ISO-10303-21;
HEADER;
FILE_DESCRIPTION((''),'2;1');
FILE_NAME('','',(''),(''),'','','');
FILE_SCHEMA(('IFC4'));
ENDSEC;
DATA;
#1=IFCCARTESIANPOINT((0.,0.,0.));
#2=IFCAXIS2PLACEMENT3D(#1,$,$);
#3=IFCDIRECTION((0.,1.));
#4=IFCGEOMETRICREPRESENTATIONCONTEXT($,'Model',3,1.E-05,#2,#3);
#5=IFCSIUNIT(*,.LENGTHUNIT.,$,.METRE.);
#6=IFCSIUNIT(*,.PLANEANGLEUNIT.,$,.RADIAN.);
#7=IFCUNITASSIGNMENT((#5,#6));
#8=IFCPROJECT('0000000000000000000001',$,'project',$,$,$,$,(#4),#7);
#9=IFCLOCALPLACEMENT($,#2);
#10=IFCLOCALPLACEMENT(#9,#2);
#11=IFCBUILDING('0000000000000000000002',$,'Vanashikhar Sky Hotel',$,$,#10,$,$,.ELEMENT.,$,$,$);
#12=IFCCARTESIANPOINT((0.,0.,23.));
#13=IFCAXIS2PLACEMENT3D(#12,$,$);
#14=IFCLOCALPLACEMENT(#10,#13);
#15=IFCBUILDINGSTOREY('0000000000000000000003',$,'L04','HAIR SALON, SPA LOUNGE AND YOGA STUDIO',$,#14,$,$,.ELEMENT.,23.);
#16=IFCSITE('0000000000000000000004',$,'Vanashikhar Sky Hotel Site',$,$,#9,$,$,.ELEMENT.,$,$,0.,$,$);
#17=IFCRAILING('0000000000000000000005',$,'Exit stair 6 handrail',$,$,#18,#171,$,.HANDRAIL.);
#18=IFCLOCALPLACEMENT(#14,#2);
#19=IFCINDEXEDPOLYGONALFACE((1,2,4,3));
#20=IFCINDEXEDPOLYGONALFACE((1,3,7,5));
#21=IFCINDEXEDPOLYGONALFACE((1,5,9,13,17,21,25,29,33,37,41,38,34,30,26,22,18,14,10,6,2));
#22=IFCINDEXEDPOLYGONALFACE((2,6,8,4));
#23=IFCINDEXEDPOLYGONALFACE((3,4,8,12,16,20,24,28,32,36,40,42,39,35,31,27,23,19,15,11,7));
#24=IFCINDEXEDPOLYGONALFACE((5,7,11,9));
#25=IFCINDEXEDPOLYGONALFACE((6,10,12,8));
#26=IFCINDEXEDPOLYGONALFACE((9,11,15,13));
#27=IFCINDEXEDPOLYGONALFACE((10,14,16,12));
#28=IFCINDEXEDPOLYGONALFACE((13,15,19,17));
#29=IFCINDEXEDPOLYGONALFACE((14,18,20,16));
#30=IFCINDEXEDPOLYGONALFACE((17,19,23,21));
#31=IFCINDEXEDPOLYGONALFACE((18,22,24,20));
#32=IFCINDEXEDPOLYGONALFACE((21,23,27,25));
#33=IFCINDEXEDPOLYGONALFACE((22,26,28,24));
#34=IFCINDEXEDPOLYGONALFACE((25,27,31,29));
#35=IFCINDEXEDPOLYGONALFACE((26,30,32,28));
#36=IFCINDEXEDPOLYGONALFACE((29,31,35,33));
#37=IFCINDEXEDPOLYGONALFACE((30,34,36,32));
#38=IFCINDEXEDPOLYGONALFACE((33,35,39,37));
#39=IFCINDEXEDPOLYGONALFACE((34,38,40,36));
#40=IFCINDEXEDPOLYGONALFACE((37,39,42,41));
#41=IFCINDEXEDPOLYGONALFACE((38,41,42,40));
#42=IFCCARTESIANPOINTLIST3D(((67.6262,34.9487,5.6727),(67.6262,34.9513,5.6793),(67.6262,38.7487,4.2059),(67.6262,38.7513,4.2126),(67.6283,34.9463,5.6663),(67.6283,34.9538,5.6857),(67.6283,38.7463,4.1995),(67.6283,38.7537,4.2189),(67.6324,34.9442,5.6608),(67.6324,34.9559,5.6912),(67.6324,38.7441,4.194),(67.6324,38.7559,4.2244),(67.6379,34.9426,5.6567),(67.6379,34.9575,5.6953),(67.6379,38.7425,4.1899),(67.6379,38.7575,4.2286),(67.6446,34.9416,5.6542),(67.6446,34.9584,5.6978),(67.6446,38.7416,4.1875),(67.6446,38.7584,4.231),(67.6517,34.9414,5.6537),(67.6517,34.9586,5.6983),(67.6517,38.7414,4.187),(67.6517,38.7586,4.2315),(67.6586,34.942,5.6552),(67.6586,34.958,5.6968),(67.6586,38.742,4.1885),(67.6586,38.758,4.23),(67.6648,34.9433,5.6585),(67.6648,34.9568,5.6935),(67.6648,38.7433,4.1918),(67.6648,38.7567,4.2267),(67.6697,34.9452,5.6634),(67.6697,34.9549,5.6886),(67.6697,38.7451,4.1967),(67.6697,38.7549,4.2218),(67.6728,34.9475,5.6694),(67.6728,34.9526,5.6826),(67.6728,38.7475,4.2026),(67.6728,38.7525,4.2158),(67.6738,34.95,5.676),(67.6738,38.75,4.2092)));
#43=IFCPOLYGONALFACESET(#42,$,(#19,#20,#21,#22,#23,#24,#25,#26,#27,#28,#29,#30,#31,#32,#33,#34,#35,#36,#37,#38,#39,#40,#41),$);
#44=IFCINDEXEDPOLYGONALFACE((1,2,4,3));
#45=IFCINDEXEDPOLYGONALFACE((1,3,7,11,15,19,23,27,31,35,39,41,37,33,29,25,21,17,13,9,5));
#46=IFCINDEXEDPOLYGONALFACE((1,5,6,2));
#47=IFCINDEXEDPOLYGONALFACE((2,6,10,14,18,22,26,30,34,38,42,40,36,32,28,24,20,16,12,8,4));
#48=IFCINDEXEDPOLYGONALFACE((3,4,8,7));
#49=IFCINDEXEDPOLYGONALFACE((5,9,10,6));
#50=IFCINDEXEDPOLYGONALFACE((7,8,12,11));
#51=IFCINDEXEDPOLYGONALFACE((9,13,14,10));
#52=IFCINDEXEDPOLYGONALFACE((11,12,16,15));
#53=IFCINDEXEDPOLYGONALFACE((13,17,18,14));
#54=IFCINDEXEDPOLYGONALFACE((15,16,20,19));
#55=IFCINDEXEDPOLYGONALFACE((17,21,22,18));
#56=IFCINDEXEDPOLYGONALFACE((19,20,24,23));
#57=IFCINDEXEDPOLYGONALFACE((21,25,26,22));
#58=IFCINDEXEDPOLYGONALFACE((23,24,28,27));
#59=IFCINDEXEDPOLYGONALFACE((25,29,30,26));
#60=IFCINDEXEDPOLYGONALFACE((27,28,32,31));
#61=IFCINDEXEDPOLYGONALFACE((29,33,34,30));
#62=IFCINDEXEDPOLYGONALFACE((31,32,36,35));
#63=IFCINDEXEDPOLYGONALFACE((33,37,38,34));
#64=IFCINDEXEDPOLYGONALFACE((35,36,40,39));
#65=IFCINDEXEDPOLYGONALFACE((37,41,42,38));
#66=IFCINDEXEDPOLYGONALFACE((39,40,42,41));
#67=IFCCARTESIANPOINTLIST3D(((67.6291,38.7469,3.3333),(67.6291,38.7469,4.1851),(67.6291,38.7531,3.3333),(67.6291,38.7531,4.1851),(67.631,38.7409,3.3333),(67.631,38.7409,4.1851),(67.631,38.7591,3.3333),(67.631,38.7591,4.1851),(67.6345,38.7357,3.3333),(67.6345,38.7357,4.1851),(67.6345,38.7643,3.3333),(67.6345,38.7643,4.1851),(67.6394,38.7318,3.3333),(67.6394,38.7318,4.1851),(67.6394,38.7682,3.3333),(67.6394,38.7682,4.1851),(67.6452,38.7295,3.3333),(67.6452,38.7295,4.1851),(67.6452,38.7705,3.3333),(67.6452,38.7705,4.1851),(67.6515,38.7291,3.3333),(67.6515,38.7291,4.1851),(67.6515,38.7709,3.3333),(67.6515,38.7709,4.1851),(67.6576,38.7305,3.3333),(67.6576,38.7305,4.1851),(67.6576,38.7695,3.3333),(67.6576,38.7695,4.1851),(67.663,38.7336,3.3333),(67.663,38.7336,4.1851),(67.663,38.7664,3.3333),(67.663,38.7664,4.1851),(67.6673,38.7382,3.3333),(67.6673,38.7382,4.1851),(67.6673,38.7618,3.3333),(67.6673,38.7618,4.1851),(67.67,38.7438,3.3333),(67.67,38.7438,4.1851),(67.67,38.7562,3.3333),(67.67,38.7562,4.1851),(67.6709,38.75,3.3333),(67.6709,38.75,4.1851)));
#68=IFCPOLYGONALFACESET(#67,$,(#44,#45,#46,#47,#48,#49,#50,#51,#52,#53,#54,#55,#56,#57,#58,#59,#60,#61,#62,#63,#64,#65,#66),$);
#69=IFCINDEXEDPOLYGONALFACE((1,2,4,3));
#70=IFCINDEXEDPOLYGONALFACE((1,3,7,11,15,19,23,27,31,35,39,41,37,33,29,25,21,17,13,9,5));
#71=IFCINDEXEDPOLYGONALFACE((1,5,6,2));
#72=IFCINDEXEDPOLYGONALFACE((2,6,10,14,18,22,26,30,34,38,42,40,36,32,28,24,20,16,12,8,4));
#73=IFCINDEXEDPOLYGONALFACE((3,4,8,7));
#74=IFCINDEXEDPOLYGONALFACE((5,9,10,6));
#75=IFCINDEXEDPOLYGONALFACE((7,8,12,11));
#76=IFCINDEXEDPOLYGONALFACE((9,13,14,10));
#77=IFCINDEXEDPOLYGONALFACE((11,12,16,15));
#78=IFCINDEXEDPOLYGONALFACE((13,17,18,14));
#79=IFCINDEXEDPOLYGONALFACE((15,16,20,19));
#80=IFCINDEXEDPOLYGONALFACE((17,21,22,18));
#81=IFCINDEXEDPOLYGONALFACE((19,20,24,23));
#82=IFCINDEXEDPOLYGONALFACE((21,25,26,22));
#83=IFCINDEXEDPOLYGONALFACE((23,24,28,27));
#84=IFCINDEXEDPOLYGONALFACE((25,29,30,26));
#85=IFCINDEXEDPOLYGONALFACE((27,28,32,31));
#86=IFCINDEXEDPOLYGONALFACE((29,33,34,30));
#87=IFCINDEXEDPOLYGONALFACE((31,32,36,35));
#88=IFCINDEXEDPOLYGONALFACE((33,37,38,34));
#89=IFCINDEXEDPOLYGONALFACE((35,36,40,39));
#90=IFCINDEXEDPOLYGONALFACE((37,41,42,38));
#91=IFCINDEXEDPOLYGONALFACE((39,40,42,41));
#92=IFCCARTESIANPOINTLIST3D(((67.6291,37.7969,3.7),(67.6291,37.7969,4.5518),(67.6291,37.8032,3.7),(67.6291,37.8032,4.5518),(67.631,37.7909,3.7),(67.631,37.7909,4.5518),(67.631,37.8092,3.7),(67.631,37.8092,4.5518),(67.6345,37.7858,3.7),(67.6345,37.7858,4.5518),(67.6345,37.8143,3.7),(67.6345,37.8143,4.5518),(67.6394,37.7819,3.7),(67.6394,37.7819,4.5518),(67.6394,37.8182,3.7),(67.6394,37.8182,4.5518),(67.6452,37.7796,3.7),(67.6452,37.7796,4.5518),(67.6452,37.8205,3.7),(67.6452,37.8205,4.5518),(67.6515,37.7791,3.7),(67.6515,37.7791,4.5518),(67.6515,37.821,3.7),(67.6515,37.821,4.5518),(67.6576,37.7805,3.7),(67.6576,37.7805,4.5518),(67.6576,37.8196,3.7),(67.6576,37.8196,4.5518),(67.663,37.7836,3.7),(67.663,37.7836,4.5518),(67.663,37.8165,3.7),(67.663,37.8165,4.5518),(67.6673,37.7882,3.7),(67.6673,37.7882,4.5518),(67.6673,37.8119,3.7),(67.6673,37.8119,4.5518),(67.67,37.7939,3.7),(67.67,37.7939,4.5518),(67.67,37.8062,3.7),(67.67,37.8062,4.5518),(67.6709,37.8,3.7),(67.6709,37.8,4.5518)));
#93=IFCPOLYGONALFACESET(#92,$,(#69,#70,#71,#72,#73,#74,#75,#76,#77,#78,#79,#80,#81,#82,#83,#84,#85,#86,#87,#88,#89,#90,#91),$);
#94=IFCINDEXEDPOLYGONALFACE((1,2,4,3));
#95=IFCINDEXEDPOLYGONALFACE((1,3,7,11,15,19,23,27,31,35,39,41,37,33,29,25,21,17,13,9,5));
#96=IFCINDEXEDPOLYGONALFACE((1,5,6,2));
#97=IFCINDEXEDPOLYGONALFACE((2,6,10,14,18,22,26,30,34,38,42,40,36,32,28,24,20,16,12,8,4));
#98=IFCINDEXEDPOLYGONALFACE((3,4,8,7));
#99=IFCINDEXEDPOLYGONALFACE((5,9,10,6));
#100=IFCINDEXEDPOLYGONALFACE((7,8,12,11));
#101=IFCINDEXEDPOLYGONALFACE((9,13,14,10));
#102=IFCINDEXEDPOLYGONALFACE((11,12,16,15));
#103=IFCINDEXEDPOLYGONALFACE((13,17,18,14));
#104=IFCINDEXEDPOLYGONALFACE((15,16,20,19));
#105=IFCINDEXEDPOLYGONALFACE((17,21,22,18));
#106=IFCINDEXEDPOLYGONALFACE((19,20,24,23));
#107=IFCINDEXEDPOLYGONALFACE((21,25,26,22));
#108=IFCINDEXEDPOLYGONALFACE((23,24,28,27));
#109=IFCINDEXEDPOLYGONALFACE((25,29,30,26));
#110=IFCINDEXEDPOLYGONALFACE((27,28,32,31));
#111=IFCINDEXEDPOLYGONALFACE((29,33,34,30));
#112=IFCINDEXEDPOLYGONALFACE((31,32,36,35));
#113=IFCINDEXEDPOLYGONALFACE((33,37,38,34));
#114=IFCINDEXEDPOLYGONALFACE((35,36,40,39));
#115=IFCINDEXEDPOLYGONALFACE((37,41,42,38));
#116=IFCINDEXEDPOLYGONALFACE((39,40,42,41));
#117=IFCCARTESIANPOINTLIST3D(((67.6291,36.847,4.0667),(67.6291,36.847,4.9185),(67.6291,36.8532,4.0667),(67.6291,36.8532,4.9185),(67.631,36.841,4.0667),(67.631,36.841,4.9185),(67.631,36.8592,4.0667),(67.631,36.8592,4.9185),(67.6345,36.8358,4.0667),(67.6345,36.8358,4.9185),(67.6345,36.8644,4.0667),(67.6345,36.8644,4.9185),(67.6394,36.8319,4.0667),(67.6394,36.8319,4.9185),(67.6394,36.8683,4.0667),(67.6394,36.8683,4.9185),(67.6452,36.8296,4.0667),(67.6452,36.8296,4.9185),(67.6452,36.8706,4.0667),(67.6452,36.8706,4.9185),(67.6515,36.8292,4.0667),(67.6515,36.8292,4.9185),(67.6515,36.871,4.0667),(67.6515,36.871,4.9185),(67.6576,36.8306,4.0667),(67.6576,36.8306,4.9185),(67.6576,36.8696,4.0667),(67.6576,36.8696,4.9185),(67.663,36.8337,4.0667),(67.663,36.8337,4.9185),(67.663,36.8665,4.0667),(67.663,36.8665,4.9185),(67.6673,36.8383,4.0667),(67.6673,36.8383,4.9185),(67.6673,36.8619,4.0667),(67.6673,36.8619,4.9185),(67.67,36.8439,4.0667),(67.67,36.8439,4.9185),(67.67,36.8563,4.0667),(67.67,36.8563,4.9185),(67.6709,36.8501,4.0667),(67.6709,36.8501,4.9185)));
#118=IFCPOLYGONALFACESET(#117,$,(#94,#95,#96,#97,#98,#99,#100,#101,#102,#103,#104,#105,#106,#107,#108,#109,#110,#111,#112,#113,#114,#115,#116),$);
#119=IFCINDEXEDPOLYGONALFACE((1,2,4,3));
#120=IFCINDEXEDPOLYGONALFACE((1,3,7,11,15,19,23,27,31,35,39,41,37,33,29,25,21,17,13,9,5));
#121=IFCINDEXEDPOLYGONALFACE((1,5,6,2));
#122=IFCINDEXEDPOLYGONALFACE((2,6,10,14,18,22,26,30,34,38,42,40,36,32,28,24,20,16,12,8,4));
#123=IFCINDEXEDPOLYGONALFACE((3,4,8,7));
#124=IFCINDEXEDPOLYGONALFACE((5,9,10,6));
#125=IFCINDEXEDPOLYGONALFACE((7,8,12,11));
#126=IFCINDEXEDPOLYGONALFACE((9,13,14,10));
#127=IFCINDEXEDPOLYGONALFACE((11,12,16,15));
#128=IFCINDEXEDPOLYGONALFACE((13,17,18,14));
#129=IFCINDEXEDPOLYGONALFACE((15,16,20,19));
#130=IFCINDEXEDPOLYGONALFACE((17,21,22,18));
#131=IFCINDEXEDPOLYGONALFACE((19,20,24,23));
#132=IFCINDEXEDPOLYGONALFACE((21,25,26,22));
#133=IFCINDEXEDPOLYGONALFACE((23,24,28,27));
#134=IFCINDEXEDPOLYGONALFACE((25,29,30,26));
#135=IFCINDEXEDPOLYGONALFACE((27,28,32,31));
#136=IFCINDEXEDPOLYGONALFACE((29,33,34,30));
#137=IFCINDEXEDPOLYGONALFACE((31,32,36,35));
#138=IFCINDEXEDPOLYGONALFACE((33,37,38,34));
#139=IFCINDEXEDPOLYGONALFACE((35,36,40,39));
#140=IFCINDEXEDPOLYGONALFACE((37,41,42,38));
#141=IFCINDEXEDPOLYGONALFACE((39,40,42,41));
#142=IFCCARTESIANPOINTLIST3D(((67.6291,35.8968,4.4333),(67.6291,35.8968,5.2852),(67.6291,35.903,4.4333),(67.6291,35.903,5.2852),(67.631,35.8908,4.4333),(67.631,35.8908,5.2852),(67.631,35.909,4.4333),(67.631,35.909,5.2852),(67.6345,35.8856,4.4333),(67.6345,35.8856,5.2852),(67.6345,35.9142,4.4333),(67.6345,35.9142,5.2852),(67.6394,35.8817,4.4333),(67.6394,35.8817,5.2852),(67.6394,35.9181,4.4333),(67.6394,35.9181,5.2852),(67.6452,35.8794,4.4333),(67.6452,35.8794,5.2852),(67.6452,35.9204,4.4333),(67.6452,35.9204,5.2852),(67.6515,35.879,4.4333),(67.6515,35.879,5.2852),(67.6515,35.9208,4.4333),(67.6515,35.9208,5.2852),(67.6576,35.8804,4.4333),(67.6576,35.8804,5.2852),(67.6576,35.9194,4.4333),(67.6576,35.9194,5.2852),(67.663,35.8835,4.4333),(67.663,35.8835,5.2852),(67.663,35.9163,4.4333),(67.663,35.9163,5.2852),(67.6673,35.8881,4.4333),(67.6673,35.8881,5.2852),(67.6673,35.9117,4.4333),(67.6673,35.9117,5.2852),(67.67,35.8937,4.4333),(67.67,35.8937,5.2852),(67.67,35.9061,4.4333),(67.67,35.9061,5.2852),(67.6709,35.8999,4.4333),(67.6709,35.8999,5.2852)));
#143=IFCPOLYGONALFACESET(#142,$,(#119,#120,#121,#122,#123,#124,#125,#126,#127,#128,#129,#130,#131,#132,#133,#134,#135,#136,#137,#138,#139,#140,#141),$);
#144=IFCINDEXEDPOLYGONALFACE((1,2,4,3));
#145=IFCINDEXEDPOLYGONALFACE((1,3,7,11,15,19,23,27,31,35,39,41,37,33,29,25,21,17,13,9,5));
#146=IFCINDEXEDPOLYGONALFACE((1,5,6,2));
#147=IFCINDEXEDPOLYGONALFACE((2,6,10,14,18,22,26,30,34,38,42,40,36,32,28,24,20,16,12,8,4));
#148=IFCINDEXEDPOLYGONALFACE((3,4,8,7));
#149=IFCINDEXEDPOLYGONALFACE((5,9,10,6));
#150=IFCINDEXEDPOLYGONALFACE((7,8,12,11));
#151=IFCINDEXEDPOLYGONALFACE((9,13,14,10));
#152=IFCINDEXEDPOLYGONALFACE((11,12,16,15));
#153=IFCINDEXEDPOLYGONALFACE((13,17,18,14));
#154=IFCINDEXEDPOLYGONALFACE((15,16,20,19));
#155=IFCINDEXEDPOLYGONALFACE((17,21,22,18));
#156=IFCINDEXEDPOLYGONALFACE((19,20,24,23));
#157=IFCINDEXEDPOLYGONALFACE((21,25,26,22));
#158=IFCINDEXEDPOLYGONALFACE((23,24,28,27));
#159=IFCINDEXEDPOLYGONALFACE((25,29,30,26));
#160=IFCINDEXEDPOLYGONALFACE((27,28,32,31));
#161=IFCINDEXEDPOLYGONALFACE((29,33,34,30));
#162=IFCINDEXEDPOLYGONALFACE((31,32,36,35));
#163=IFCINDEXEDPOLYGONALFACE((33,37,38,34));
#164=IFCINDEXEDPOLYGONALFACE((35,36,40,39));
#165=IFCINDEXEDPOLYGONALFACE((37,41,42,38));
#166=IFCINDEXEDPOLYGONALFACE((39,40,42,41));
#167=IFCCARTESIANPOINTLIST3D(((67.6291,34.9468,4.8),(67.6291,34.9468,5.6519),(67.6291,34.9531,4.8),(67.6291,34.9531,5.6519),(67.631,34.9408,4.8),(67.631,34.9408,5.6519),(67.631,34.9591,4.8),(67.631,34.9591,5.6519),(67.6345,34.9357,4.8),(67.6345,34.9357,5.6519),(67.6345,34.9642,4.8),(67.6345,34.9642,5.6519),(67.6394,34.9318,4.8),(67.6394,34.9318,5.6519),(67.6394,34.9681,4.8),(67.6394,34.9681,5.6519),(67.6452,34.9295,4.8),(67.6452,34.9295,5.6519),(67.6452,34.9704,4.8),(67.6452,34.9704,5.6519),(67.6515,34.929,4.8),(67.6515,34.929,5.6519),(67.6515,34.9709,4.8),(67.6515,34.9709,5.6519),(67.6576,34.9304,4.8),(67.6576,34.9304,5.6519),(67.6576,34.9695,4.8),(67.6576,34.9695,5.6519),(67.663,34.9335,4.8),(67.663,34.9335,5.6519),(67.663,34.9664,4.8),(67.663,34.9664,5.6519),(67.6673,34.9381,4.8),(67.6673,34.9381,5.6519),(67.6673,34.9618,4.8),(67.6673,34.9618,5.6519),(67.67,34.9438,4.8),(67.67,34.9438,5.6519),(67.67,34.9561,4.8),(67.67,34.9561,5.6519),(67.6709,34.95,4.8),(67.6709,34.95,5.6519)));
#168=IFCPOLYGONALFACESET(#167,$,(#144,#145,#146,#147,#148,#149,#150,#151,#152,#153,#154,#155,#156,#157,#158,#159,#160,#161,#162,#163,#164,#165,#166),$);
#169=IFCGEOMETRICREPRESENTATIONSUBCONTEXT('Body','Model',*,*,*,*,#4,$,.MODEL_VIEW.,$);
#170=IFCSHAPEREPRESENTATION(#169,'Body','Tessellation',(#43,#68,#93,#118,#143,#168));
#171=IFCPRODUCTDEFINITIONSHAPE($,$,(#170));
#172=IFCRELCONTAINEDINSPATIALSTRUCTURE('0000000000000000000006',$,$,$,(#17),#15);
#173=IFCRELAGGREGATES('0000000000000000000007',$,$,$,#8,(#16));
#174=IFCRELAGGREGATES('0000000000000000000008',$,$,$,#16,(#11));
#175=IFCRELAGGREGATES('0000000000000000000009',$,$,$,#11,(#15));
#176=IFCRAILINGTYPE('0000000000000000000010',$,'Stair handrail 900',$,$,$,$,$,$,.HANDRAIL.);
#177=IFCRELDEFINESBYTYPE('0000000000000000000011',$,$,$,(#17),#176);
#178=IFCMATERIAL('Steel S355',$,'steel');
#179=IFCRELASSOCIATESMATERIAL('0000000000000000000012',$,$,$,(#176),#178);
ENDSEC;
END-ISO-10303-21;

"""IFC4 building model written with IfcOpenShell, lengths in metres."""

from ifc_helpers import new_model, si_unit, direction, frame, origin, origin_2d, place, context, subcontext, project, spatial, circle, extrude, source, transform, mapped, material, type_object, element, save


model = new_model("IFC4")

# Units and contexts
model_context = context("Model", 3, precision=1e-05, world=origin(), true_north=direction((0.0, 1.0)))
body_context = subcontext(model_context, "Body", "Model", "MODEL_VIEW")
ifc_project = project(units=[si_unit("LENGTHUNIT", "METRE"), si_unit("PLANEANGLEUNIT", "RADIAN")], contexts=[model_context])

# Site, building, storey
site_placement = place(None, origin())
site = spatial("IfcSite", under=ifc_project, at=site_placement, Name="Vanashikhar Sky Hotel Site", CompositionType="ELEMENT", RefElevation=0.0)
building_placement = place(site_placement, origin())
building = spatial("IfcBuilding", under=site, at=building_placement, Name="Vanashikhar Sky Hotel", CompositionType="ELEMENT")
storey_placement = place(building_placement, frame((0.0, 0.0, 23.0)))
storey = spatial("IfcBuildingStorey", under=building, at=storey_placement, Name="L04", Description="HAIR SALON, SPA LOUNGE AND YOGA STUDIO", CompositionType="ELEMENT", Elevation=23.0)

# Railing
ifc_material_1 = material(Name="Steel S355", Category="steel")
railing_type_1 = type_object("IfcRailingType", Name="Stair handrail 900", PredefinedType="HANDRAIL", material=ifc_material_1)
shared_shape_1 = source(origin(), body_context, "Body", "SweptSolid", [
    extrude(circle(Radius=0.0239, at=origin_2d()), frame((0.0, 0.0, 0.876), z_axis=(0.0, -0.932914, 0.360099), x_axis=(1.0, 0.0, 0.0)), (0.0, 0.0, 1.0), 4.0732),
    extrude(circle(Radius=0.021, at=origin_2d()), origin(), (0.0, 0.0, 1.0), 0.8518),
    extrude(circle(Radius=0.021, at=origin_2d()), frame((0.0, -0.95, 0.3667)), (0.0, 0.0, 1.0), 0.8518),
    extrude(circle(Radius=0.021, at=origin_2d()), frame((0.0, -1.8999, 0.7334)), (0.0, 0.0, 1.0), 0.8518),
    extrude(circle(Radius=0.021, at=origin_2d()), frame((0.0, -2.8501, 1.1001)), (0.0, 0.0, 1.0), 0.8518),
    extrude(circle(Radius=0.021, at=origin_2d()), frame((0.0, -3.8, 1.4668)), (0.0, 0.0, 1.0), 0.8518),
])
for number, where, name in (
    (1, (67.6499, 38.75, 3.3333), "Exit stair 6 handrail"),
):
    element("IfcRailing", number, at=place(storey_placement, frame(where)), inside=storey, type_object=railing_type_1, Name=name, PredefinedType="HANDRAIL", context=body_context, shape_type="MappedRepresentation", body=[
        mapped(shared_shape_1, transform((0.0, 0.0, 0.0), scale=1.0)),
    ])

save(model, "model.ifc")
